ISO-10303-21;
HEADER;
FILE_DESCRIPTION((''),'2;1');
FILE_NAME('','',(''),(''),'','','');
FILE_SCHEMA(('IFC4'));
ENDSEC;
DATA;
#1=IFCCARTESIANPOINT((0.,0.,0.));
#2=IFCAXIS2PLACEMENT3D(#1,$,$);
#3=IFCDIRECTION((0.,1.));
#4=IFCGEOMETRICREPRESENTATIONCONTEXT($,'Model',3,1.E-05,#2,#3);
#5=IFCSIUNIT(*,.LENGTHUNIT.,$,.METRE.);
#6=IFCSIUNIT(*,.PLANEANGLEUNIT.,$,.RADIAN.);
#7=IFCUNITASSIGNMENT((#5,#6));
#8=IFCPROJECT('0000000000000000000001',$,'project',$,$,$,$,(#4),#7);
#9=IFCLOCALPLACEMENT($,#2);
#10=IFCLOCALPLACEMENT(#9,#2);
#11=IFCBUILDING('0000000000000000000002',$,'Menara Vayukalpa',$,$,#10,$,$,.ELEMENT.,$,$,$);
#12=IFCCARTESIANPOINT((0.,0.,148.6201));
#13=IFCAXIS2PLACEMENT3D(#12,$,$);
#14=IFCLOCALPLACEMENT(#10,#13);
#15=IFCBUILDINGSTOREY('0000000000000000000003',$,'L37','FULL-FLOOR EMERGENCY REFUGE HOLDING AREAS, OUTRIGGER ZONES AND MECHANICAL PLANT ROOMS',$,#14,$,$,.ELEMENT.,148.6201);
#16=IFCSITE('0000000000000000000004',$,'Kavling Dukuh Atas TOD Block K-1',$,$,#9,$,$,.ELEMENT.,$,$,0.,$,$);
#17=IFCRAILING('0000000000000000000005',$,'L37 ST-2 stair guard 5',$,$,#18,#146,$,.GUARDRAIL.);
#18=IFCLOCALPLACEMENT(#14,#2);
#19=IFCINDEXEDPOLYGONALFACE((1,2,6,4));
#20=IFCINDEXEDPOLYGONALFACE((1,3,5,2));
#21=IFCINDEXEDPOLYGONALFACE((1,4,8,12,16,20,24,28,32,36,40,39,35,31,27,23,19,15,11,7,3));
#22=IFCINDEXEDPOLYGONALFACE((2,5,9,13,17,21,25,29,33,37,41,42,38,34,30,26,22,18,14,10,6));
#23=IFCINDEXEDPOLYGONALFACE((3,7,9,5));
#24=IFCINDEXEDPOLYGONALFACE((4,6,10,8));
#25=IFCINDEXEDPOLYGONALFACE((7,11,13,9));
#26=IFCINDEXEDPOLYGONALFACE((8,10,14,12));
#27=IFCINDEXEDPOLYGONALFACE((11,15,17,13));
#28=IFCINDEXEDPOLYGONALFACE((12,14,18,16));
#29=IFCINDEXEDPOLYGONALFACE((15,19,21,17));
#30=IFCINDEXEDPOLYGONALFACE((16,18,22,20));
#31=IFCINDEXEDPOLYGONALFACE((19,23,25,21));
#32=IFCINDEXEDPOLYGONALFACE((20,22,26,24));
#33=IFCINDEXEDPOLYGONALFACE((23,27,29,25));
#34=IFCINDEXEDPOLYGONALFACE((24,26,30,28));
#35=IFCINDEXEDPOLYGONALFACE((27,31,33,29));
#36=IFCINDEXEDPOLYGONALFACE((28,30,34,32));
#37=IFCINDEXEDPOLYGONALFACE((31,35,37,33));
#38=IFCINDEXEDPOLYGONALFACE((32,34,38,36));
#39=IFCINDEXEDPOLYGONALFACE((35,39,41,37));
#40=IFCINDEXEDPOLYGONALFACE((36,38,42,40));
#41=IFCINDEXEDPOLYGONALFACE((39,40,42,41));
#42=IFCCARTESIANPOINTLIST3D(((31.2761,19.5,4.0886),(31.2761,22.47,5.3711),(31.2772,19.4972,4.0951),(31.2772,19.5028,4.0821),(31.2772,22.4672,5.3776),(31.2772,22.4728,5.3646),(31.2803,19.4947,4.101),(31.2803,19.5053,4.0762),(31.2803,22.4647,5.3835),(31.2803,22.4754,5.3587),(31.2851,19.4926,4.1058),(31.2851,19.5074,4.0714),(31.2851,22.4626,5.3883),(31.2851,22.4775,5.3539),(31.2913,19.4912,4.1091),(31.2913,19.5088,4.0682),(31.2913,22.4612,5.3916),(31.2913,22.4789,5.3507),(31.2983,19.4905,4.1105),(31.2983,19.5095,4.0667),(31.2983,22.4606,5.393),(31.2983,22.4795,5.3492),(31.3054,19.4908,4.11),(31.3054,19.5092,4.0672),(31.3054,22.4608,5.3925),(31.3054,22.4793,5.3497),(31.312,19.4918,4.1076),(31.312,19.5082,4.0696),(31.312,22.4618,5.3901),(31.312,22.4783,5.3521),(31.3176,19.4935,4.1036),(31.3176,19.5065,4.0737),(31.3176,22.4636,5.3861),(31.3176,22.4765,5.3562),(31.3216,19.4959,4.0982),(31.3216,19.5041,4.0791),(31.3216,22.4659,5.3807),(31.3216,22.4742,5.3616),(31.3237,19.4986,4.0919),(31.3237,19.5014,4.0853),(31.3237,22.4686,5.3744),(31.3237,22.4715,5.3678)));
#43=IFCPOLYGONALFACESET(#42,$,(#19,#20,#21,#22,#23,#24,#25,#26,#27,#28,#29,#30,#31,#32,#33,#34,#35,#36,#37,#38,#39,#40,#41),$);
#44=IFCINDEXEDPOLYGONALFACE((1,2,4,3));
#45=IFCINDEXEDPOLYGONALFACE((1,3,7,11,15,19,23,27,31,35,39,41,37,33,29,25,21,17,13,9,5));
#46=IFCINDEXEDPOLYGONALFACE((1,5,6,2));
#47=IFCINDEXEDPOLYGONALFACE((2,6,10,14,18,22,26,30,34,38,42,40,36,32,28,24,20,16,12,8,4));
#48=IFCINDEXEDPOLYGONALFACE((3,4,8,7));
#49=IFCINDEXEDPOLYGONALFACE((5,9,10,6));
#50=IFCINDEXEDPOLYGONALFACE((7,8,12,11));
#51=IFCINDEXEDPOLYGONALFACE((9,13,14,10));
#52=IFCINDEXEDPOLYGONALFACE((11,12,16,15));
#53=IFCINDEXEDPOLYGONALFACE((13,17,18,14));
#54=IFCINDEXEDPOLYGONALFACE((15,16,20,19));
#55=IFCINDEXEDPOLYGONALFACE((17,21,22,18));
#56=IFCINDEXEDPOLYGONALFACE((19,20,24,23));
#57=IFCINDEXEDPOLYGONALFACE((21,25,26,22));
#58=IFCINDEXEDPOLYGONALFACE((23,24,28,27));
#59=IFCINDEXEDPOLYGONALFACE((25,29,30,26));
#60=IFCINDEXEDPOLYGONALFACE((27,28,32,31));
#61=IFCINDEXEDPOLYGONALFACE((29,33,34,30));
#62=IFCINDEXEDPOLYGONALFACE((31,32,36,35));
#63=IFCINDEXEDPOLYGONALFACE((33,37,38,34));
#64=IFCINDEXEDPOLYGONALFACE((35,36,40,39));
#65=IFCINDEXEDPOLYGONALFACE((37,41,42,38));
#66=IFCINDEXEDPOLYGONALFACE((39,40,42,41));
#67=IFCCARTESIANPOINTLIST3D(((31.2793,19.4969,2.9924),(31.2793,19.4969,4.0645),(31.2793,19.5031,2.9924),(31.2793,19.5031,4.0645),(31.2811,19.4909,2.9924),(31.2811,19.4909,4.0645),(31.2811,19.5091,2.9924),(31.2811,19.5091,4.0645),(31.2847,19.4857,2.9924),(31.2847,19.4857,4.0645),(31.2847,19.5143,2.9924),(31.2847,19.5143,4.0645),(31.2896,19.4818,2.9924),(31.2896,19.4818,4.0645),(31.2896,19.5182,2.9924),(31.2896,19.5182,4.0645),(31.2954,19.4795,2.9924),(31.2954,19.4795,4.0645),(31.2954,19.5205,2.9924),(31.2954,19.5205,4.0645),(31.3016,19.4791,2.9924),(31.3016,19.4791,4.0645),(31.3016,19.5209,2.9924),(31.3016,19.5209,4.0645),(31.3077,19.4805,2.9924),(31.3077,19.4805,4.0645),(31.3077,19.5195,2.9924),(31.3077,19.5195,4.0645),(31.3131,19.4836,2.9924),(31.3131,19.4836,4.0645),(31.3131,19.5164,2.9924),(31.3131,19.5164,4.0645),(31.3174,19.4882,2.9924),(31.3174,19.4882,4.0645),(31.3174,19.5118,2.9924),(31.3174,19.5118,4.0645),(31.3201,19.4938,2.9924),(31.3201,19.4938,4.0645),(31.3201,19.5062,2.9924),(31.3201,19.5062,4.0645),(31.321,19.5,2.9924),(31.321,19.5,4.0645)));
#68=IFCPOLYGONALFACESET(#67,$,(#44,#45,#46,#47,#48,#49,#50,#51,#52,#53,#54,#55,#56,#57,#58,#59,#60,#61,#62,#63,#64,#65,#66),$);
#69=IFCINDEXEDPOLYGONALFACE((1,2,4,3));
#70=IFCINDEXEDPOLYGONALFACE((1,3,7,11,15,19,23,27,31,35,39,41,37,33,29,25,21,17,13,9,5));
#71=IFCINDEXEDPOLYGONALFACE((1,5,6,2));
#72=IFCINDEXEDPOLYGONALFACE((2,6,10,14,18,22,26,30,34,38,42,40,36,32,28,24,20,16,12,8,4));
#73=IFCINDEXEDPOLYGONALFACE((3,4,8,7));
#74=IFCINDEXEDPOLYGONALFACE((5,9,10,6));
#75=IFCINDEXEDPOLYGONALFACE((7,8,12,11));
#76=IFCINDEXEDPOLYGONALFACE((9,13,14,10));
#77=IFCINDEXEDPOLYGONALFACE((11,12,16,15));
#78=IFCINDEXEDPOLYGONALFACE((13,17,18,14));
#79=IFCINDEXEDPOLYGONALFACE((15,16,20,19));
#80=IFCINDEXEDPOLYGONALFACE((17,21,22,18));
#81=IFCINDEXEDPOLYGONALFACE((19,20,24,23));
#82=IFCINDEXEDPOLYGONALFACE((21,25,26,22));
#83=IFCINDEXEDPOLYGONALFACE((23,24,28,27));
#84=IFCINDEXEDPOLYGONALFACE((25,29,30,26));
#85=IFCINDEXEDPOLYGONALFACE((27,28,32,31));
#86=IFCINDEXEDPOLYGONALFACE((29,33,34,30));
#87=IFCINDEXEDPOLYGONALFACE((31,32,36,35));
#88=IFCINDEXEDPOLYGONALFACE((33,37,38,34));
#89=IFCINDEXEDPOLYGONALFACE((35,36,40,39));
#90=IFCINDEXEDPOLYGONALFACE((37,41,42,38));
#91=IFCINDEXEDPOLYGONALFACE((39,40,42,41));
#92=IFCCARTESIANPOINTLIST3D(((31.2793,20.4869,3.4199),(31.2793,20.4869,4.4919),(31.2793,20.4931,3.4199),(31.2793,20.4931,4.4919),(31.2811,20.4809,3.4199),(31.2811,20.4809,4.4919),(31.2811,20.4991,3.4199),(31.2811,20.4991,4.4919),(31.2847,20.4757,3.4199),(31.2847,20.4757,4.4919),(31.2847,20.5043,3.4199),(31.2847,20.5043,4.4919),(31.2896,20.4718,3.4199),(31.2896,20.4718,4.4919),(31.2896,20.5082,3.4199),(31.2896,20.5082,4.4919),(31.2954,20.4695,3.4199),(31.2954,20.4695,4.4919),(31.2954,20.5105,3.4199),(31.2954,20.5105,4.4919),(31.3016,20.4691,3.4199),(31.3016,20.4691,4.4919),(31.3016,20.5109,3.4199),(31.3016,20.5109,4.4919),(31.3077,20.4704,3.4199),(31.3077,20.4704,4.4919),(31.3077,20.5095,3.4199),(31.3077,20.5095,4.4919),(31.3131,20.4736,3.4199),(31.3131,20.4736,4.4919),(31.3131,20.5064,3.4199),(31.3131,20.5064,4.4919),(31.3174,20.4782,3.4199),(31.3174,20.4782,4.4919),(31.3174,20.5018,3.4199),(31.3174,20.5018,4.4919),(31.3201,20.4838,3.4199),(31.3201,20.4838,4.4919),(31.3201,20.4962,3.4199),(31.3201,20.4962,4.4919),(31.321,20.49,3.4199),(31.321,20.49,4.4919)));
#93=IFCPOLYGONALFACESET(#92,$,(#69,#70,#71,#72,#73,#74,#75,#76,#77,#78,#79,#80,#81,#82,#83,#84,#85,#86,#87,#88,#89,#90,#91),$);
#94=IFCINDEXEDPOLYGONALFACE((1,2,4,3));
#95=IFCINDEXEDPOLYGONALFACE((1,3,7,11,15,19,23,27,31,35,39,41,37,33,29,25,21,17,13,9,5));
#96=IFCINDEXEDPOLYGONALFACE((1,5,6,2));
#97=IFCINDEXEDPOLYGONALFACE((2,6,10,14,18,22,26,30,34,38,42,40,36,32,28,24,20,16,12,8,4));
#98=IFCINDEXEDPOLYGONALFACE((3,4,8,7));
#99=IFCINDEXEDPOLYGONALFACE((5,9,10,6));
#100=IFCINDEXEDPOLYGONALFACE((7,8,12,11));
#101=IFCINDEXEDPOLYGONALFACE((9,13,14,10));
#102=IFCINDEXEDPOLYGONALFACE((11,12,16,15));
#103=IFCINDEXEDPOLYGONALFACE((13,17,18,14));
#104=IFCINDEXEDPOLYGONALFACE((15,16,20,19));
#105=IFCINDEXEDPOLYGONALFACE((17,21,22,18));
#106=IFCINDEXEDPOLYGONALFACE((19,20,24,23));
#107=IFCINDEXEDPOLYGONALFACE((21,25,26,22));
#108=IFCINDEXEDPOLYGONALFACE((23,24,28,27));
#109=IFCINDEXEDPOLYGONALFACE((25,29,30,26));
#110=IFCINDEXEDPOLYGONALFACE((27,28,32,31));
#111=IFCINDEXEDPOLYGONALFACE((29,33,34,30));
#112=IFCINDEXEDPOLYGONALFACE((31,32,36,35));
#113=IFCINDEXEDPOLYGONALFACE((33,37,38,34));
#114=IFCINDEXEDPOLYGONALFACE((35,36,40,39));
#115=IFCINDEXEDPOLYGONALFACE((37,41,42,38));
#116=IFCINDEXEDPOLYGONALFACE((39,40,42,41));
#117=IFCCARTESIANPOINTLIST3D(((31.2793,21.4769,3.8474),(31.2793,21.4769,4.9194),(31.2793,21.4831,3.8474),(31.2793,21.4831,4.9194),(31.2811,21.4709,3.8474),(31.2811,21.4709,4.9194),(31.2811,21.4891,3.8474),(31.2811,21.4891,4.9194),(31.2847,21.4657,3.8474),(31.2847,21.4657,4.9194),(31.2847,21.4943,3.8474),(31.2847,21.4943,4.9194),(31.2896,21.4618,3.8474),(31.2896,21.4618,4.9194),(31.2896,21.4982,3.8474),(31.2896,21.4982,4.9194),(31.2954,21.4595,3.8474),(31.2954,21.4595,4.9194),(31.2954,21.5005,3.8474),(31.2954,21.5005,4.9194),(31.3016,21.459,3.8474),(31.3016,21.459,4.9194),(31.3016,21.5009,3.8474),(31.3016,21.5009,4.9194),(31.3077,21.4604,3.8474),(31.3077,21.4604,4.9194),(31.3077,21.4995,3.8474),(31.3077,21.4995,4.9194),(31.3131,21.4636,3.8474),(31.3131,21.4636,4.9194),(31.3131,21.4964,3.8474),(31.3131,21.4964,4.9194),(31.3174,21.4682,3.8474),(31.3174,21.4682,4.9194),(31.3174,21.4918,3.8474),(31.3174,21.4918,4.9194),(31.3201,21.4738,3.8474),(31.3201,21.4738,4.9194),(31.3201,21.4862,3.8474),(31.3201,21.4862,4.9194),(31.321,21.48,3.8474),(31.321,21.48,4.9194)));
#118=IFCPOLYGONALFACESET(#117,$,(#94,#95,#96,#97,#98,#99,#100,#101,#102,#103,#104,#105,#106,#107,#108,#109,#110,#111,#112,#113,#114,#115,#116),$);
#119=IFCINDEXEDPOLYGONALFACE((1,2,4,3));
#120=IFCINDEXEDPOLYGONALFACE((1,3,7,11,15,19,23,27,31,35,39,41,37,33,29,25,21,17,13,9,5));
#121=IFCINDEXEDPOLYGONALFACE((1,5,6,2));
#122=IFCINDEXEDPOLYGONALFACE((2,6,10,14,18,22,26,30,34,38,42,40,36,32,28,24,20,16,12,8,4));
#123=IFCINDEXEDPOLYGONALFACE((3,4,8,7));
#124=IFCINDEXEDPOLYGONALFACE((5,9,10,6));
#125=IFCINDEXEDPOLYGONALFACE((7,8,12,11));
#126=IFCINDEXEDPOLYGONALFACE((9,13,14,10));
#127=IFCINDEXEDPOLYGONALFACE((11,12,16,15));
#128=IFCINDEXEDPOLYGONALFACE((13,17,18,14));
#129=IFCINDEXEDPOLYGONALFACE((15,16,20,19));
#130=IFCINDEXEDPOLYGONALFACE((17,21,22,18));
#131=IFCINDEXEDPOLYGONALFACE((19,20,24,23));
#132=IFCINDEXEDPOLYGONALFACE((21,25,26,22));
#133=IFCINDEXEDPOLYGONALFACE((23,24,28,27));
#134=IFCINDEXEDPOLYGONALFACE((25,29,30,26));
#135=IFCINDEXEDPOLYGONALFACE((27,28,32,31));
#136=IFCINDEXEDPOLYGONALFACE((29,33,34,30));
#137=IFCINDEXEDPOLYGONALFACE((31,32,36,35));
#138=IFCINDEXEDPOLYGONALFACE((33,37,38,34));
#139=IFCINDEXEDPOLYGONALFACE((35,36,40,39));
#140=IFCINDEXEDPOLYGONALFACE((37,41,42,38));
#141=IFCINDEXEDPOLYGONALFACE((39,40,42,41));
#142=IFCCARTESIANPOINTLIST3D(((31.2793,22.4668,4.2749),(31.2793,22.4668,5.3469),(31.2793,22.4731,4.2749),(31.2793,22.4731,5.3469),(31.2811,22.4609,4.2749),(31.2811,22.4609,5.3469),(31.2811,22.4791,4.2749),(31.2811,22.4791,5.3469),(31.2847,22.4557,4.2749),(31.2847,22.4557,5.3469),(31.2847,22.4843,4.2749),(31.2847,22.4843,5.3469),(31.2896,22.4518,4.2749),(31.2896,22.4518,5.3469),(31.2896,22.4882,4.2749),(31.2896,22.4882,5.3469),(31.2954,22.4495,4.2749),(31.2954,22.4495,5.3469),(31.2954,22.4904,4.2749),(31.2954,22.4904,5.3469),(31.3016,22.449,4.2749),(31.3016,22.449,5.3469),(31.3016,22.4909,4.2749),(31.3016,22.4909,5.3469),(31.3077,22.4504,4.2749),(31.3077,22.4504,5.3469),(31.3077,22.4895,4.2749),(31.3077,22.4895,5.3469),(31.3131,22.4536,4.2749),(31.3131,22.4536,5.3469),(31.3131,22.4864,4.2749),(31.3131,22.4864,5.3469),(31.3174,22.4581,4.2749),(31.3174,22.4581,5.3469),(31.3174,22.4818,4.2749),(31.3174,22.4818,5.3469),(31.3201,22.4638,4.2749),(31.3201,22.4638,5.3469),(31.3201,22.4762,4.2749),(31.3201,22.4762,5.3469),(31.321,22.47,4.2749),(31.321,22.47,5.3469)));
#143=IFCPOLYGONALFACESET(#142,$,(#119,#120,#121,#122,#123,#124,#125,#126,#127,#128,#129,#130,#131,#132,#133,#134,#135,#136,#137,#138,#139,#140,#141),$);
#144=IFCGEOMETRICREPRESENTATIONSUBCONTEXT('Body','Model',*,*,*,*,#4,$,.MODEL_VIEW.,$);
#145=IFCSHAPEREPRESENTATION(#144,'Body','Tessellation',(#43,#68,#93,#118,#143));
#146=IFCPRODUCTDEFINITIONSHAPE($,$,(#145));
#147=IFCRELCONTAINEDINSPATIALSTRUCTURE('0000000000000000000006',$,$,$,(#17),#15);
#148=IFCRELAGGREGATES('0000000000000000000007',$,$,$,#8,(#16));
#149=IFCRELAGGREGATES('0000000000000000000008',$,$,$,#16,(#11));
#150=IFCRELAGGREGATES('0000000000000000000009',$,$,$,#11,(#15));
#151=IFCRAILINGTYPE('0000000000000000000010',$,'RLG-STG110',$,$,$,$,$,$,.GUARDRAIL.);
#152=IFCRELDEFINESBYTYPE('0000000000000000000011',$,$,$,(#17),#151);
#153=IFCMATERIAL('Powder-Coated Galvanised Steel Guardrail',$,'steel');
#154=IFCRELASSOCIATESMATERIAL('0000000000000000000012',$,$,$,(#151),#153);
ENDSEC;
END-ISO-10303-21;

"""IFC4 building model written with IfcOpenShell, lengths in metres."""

from ifc_helpers import new_model, si_unit, direction, frame, origin, origin_2d, place, context, subcontext, project, spatial, circle, extrude, material, type_object, element, save


model = new_model("IFC4")

# Units and contexts
model_context = context("Model", 3, precision=1e-05, world=origin(), true_north=direction((0.0, 1.0)))
body_context = subcontext(model_context, "Body", "Model", "MODEL_VIEW")
ifc_project = project(units=[si_unit("LENGTHUNIT", "METRE"), si_unit("PLANEANGLEUNIT", "RADIAN")], contexts=[model_context])

# Site, building, storey
site_placement = place(None, origin())
site = spatial("IfcSite", under=ifc_project, at=site_placement, Name="Kavling Dukuh Atas TOD Block K-1", CompositionType="ELEMENT", RefElevation=0.0)
building_placement = place(site_placement, origin())
building = spatial("IfcBuilding", under=site, at=building_placement, Name="Menara Vayukalpa", CompositionType="ELEMENT")
storey_placement = place(building_placement, frame((0.0, 0.0, 148.6201)))
storey = spatial("IfcBuildingStorey", under=building, at=storey_placement, Name="L37", Description="FULL-FLOOR EMERGENCY REFUGE HOLDING AREAS, OUTRIGGER ZONES AND MECHANICAL PLANT ROOMS", CompositionType="ELEMENT", Elevation=148.6201)

# Railing
ifc_material_1 = material(Name="Powder-Coated Galvanised Steel Guardrail", Category="steel")
railing_type_1 = type_object("IfcRailingType", Name="RLG-STG110", PredefinedType="GUARDRAIL", material=ifc_material_1)
railing_1_placement = place(storey_placement, frame((31.3, 19.5, 2.9924)))
element("IfcRailing", 1, at=railing_1_placement, inside=storey, type_object=railing_type_1, Name="L37 ST-2 stair guard 5", PredefinedType="GUARDRAIL", context=body_context, shape_type="SweptSolid", body=[
    extrude(circle(Radius=0.0239, at=origin_2d()), frame((0.0, 0.0, 1.0962), z_axis=(0.0, 0.918064, 0.396432), x_axis=(-1.0, 0.0, 0.0)), (0.0, 0.0, 1.0), 3.2351),
    extrude(circle(Radius=0.021, at=origin_2d()), origin(), (0.0, 0.0, 1.0), 1.072),
    extrude(circle(Radius=0.021, at=origin_2d()), frame((0.0, 0.99, 0.4275)), (0.0, 0.0, 1.0), 1.072),
    extrude(circle(Radius=0.021, at=origin_2d()), frame((0.0, 1.98, 0.855)), (0.0, 0.0, 1.0), 1.072),
    extrude(circle(Radius=0.021, at=origin_2d()), frame((0.0, 2.97, 1.2825)), (0.0, 0.0, 1.0), 1.072),
])

save(model, "model.ifc")
